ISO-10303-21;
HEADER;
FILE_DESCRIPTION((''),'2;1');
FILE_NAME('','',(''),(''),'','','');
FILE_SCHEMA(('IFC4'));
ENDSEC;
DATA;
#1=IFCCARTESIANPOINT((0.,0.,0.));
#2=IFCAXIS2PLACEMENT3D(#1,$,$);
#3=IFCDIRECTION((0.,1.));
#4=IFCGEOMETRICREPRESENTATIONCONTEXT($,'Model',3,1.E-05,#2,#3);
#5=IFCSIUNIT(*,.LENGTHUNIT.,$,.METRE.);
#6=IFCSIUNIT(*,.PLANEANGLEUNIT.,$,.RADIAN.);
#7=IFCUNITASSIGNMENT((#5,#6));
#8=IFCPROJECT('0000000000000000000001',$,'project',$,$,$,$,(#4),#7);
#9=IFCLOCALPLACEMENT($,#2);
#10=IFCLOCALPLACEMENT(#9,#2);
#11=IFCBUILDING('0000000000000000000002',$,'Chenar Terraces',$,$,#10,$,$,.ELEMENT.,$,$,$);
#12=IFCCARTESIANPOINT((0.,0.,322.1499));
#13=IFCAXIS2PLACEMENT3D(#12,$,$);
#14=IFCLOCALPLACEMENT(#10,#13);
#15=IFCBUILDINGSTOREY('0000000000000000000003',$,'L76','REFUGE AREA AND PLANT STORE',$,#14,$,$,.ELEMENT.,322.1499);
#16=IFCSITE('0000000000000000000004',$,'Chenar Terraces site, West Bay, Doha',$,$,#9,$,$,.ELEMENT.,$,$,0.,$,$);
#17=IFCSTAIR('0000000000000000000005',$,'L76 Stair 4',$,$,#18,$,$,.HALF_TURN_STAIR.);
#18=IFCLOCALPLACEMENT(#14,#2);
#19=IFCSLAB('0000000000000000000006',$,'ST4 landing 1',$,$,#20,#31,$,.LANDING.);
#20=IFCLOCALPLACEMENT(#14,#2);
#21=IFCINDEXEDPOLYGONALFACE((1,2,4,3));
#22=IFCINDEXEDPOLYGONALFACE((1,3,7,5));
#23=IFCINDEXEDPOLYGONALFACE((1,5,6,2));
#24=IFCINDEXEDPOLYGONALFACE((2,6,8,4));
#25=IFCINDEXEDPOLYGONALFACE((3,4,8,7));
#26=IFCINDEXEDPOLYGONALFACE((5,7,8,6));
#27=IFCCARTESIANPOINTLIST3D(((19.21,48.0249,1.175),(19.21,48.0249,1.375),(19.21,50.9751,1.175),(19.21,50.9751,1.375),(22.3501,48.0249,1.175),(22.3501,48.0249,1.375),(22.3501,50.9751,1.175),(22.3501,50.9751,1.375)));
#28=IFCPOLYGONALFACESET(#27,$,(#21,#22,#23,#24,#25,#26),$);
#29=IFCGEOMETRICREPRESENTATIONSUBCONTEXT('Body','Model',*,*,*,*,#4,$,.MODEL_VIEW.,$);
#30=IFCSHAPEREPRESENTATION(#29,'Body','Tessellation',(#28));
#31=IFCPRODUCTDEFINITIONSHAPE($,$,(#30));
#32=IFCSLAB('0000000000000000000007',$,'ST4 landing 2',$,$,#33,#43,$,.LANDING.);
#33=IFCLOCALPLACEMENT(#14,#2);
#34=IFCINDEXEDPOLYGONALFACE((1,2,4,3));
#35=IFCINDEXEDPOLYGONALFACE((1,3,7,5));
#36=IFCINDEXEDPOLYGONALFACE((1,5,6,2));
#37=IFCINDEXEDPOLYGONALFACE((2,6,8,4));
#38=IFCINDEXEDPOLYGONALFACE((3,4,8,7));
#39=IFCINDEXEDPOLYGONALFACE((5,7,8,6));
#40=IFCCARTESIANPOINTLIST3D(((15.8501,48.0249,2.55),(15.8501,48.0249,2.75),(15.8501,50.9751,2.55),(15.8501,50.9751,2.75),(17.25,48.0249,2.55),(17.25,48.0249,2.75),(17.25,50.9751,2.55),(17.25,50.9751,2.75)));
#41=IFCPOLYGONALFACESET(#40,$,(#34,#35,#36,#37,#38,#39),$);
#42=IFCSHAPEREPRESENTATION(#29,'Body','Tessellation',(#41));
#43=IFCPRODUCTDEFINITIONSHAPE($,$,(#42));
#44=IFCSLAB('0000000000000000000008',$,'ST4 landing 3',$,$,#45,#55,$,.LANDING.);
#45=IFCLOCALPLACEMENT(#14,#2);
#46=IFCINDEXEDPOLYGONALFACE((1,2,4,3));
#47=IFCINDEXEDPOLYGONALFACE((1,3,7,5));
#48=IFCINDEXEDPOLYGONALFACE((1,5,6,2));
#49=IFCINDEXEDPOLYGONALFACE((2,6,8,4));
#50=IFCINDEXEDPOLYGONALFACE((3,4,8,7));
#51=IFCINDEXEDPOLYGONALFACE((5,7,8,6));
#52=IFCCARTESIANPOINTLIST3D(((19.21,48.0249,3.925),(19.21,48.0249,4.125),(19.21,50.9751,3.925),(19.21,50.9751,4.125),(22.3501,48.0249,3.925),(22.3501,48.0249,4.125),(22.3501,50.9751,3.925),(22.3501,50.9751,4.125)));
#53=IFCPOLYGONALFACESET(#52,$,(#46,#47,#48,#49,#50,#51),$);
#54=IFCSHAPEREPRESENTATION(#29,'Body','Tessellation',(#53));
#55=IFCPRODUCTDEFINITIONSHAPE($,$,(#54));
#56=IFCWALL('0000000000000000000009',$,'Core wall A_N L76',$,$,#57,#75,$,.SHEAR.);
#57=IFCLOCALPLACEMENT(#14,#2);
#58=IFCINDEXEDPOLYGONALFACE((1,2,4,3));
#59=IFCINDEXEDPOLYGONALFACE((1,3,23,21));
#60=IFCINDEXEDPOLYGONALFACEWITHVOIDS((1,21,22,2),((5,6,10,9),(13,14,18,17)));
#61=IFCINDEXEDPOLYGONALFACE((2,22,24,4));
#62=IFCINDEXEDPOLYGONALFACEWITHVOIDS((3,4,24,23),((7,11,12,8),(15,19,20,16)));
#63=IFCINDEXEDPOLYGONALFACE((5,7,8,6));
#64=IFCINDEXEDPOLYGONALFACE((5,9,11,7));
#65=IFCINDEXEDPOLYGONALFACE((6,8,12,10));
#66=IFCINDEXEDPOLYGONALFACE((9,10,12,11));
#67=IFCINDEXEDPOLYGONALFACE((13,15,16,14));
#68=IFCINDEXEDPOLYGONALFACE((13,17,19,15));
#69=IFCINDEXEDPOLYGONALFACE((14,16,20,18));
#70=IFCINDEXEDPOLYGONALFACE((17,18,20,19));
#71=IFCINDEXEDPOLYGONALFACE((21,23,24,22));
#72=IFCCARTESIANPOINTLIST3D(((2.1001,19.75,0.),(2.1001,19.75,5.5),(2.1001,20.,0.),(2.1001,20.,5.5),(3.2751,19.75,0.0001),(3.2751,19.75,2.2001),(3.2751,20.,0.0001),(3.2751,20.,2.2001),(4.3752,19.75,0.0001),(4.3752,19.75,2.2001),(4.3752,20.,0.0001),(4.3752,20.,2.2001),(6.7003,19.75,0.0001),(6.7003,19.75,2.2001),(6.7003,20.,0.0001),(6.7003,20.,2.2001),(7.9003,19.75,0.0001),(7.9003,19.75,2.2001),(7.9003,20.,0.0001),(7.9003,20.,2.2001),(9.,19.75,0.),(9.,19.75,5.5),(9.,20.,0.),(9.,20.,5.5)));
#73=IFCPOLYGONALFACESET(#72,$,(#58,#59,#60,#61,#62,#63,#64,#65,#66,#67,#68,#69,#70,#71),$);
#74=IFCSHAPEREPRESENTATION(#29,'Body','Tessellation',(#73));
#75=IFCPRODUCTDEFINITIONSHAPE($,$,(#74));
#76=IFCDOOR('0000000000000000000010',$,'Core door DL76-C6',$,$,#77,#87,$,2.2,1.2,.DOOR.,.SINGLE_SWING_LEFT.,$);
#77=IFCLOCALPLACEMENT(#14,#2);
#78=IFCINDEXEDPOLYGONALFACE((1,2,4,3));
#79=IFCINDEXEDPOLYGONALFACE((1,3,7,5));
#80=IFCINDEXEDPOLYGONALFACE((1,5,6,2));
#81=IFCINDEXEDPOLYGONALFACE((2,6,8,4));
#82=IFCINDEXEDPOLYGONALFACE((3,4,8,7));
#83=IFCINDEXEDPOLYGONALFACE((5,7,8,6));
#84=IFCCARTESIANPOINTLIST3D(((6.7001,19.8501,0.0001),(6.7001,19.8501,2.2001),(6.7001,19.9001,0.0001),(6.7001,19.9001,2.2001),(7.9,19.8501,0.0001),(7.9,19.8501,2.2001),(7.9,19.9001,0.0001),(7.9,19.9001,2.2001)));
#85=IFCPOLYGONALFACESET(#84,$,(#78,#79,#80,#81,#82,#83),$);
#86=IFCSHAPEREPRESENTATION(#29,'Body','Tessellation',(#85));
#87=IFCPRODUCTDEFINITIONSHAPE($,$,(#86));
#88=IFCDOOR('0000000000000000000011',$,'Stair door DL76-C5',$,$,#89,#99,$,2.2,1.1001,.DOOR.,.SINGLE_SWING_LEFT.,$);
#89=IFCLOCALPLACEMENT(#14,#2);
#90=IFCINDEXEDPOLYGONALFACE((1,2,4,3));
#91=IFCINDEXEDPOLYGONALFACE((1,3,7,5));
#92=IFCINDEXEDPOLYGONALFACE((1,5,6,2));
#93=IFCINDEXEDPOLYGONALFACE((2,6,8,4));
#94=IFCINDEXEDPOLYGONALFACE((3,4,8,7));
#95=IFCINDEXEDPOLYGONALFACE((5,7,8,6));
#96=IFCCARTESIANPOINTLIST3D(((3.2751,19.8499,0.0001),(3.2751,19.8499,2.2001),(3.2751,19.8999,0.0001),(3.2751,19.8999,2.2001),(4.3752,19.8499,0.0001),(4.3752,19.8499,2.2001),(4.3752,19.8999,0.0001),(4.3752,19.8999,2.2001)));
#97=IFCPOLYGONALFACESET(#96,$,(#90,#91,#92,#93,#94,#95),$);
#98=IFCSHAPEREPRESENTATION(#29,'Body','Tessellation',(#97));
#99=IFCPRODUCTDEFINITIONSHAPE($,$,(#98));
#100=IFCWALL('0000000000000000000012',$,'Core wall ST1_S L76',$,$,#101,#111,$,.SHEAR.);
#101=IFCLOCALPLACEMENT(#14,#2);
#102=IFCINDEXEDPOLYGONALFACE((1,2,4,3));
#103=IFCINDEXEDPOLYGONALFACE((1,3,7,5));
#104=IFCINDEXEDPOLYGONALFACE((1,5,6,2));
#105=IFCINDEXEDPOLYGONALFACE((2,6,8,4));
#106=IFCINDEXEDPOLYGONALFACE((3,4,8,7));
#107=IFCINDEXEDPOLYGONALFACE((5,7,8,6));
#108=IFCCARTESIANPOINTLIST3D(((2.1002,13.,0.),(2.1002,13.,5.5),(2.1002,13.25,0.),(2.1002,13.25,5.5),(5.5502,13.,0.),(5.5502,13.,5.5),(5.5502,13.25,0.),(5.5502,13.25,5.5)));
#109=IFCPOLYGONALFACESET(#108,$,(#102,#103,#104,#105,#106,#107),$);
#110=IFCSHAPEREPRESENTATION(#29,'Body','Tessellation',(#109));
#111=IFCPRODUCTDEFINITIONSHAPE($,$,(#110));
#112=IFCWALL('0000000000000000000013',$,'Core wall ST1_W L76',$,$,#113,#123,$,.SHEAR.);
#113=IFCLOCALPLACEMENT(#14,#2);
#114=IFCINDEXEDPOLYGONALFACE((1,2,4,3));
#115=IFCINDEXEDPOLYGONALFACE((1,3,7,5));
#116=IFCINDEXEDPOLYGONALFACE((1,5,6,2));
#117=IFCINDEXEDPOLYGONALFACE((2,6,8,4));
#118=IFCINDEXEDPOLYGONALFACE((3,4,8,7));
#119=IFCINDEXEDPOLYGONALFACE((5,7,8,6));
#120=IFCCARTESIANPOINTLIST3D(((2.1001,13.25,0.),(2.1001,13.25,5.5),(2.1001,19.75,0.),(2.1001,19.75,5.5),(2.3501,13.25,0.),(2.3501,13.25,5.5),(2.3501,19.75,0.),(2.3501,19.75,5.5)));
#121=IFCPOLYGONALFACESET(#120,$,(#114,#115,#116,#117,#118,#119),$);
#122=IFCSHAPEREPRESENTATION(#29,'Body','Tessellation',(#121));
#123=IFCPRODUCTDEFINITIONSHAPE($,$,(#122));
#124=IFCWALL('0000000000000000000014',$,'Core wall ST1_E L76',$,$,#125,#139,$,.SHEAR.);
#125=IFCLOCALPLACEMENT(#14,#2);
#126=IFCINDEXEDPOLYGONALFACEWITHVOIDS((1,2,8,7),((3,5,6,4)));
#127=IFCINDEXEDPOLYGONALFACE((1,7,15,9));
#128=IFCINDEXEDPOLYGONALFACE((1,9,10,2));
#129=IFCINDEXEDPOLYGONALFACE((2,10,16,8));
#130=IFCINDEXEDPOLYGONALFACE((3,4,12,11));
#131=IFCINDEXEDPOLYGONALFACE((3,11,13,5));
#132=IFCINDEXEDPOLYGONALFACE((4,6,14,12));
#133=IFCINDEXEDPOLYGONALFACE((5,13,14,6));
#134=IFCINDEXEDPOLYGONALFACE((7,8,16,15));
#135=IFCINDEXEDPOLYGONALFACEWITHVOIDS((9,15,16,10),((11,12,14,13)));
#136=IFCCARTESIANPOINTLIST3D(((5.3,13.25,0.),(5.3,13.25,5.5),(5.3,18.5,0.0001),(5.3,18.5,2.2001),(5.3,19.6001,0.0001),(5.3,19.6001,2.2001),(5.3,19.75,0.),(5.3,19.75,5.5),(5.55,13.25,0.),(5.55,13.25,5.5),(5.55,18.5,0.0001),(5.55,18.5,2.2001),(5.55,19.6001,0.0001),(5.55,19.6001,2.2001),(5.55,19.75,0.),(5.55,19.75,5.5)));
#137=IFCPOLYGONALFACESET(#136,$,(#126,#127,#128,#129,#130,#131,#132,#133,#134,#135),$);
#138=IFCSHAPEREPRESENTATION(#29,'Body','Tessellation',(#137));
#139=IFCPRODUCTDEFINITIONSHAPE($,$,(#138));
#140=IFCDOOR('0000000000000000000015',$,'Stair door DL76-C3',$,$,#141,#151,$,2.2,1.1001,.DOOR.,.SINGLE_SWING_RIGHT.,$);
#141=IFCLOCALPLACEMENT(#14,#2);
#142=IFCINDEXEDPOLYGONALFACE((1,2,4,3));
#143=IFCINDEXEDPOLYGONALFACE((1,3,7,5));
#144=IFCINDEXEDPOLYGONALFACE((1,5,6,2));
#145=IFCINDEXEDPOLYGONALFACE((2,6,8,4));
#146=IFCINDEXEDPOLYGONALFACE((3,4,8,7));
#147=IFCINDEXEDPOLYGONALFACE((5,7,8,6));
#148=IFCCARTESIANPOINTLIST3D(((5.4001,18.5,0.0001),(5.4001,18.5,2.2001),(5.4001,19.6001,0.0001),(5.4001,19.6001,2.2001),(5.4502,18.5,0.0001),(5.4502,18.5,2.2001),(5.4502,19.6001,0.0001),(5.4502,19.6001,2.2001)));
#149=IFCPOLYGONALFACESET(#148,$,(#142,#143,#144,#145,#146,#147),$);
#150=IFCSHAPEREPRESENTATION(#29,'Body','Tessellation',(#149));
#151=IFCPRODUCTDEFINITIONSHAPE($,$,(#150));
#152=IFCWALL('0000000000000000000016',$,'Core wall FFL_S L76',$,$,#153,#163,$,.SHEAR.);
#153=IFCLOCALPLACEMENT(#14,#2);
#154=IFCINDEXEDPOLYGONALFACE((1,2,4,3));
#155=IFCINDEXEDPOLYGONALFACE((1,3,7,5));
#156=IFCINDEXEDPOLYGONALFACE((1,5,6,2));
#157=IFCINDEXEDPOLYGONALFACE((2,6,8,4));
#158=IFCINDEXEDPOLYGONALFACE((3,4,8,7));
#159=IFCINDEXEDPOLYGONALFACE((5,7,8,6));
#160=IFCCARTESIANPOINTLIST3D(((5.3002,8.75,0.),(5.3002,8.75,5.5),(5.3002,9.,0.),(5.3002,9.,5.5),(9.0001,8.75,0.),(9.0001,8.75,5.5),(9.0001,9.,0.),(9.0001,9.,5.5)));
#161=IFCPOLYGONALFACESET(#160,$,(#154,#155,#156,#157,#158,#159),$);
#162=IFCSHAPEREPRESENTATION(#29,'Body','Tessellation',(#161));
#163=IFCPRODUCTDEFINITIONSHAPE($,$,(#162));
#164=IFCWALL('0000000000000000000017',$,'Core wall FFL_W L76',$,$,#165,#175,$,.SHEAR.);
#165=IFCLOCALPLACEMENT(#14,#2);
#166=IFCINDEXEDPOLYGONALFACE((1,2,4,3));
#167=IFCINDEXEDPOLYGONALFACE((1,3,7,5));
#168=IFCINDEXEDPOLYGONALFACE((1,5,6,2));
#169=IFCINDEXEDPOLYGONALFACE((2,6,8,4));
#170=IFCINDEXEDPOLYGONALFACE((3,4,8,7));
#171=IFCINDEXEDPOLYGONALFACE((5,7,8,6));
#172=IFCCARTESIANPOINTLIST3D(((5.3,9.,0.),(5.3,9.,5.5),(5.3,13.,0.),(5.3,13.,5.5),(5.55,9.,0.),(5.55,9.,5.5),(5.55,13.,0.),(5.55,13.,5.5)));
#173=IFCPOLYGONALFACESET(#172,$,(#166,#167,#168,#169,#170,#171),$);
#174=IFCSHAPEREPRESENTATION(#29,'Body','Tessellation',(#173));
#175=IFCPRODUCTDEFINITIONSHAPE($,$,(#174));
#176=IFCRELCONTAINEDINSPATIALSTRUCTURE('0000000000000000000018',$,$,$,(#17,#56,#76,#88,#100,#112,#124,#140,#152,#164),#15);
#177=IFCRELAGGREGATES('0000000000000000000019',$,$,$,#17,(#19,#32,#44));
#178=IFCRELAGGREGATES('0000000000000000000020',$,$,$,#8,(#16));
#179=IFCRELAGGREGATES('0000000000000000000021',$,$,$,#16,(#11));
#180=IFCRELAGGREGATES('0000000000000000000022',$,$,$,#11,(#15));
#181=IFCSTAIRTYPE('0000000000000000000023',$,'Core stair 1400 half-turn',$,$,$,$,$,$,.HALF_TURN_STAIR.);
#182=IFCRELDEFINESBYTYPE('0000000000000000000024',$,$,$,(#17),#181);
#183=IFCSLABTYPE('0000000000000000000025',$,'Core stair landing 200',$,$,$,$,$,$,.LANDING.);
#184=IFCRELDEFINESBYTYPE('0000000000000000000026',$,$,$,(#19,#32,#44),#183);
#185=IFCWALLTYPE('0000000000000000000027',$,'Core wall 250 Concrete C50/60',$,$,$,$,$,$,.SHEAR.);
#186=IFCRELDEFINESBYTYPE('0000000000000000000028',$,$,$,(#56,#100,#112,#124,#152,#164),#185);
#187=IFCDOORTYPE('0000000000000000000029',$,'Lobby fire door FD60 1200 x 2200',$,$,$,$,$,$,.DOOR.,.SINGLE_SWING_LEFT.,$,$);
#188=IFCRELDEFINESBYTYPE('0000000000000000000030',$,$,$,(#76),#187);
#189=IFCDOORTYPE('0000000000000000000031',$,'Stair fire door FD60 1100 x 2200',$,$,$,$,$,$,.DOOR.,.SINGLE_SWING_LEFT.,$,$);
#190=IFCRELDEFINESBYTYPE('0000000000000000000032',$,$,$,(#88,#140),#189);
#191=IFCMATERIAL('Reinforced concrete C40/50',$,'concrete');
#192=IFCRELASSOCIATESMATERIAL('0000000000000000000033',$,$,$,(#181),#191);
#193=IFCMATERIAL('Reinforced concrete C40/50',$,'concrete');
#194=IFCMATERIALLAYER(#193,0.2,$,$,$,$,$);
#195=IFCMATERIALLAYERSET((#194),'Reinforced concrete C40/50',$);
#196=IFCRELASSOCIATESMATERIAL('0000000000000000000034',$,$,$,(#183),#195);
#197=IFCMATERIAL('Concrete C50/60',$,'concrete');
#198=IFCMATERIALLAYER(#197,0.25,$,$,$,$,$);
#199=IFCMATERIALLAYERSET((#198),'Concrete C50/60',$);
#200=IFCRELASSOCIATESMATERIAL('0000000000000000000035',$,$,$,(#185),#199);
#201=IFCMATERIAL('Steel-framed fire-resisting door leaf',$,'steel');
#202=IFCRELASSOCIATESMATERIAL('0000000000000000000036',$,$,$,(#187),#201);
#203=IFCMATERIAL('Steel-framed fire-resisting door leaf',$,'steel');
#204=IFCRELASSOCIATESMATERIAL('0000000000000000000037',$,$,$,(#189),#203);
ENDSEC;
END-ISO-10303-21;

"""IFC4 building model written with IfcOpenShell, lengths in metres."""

from ifc_helpers import new_model, si_unit, direction, frame, frame_2d, origin, place, context, subcontext, project, spatial, polyline, rectangle, outline, extrude, material, layer, layer_set, type_object, element, fill, aggregate, save


model = new_model("IFC4")

# Units and contexts
model_context = context("Model", 3, precision=1e-05, world=origin(), true_north=direction((0.0, 1.0)))
body_context = subcontext(model_context, "Body", "Model", "MODEL_VIEW")
ifc_project = project(units=[si_unit("LENGTHUNIT", "METRE"), si_unit("PLANEANGLEUNIT", "RADIAN")], contexts=[model_context])

# Site, building, storey
site_placement = place(None, origin())
site = spatial("IfcSite", under=ifc_project, at=site_placement, Name="Chenar Terraces site, West Bay, Doha", CompositionType="ELEMENT", RefElevation=0.0)
building_placement = place(site_placement, origin())
building = spatial("IfcBuilding", under=site, at=building_placement, Name="Chenar Terraces", CompositionType="ELEMENT")
storey_placement = place(building_placement, frame((0.0, 0.0, 322.1499)))
storey = spatial("IfcBuildingStorey", under=building, at=storey_placement, Name="L76", Description="REFUGE AREA AND PLANT STORE", CompositionType="ELEMENT", Elevation=322.1499)

# Stair, slabs
ifc_material_1 = material(Name="Reinforced concrete C40/50", Category="concrete")
stair_type = type_object("IfcStairType", Name="Core stair 1400 half-turn", PredefinedType="HALF_TURN_STAIR", material=ifc_material_1)
placement = place(storey_placement, origin())
stair_1 = element("IfcStair", 1, at=placement, inside=storey, type_object=stair_type, Name="L76 Stair 4", PredefinedType="HALF_TURN_STAIR")
ifc_material_2 = material(Name="Reinforced concrete C40/50", Category="concrete")
ifc_layer_1 = layer(ifc_material_2, 0.2)
ifc_layer_set_1 = layer_set([ifc_layer_1], Name="Reinforced concrete C40/50")
slab_type = type_object("IfcSlabType", Name="Core stair landing 200", PredefinedType="LANDING", material=ifc_layer_set_1)
slab_1_placement = place(storey_placement, frame((0.0, 0.0, 1.175)))
slab_1 = element("IfcSlab", 2, at=slab_1_placement, type_object=slab_type, Name="ST4 landing 1", PredefinedType="LANDING", context=body_context, shape_type="SweptSolid", body=[
    extrude(outline(polyline([(19.21, 48.0249), (22.3501, 48.0249), (22.3501, 50.9751), (19.21, 50.9751), (19.21, 48.0249)])), origin(), (0.0, 0.0, 1.0), 0.2),
])
slab_2_placement = place(storey_placement, frame((0.0, 0.0, 2.55)))
slab_2 = element("IfcSlab", 3, at=slab_2_placement, type_object=slab_type, Name="ST4 landing 2", PredefinedType="LANDING", context=body_context, shape_type="SweptSolid", body=[
    extrude(outline(polyline([(15.8501, 48.0249), (17.25, 48.0249), (17.25, 50.9751), (15.8501, 50.9751), (15.8501, 48.0249)])), origin(), (0.0, 0.0, 1.0), 0.2),
])
slab_3_placement = place(storey_placement, frame((0.0, 0.0, 3.925)))
slab_3 = element("IfcSlab", 4, at=slab_3_placement, type_object=slab_type, Name="ST4 landing 3", PredefinedType="LANDING", context=body_context, shape_type="SweptSolid", body=[
    extrude(outline(polyline([(19.21, 48.0249), (22.3501, 48.0249), (22.3501, 50.9751), (19.21, 50.9751), (19.21, 48.0249)])), origin(), (0.0, 0.0, 1.0), 0.2),
])
aggregate(stair_1, [slab_1, slab_2, slab_3])

# Wall, openings, doors
ifc_material_3 = material(Name="Concrete C50/60", Category="concrete")
ifc_layer_2 = layer(ifc_material_3, 0.25)
ifc_layer_set_2 = layer_set([ifc_layer_2], Name="Concrete C50/60")
wall_type_1 = type_object("IfcWallType", Name="Core wall 250 Concrete C50/60", PredefinedType="SHEAR", material=ifc_layer_set_2)
wall_1_placement = place(storey_placement, frame((2.1001, 19.875, 0.0), z_axis=(0.0, 0.0, 1.0), x_axis=(1.0, 0.0, 0.0)))
wall_1 = element("IfcWall", 5, at=wall_1_placement, inside=storey, type_object=wall_type_1, Name="Core wall A_N L76", PredefinedType="SHEAR", context=body_context, shape_type="SweptSolid", body=[
    extrude(rectangle(XDim=6.8999, YDim=0.25, at=frame_2d((3.45, 0.0))), origin(), (0.0, 0.0, 1.0), 5.5),
])
opening_1_placement = place(wall_1_placement, frame((1.175, 0.0, 0.0)))
opening_1 = element("IfcOpeningElement", 6, at=opening_1_placement, cuts=wall_1, PredefinedType="OPENING", context=body_context, shape_type="SweptSolid", body=[
    extrude(rectangle(XDim=1.1001, YDim=2.2, at=frame_2d((0.55, 1.1001))), frame((0.0, 0.135, 0.0), z_axis=(0.0, -1.0, 0.0), x_axis=(1.0, 0.0, 0.0)), (0.0, 0.0, 1.0), 0.27),
])
opening_2_placement = place(wall_1_placement, frame((4.6001, 0.0, 0.0)))
opening_2 = element("IfcOpeningElement", 7, at=opening_2_placement, cuts=wall_1, PredefinedType="OPENING", context=body_context, shape_type="SweptSolid", body=[
    extrude(rectangle(XDim=1.2, YDim=2.2, at=frame_2d((0.6001, 1.1001))), frame((0.0, 0.135, 0.0), z_axis=(0.0, -1.0, 0.0), x_axis=(1.0, 0.0, 0.0)), (0.0, 0.0, 1.0), 0.27),
])
ifc_material_4 = material(Name="Steel-framed fire-resisting door leaf", Category="steel")
door_type_1 = type_object("IfcDoorType", Name="Lobby fire door FD60 1200 x 2200", OperationType="SINGLE_SWING_LEFT", PredefinedType="DOOR", material=ifc_material_4)
door_1_placement = place(opening_2_placement, frame((1.2, 0.0, 0.0), z_axis=(0.0, 0.0, 1.0), x_axis=(-1.0, 0.0, 0.0)))
door_1 = element("IfcDoor", 8, at=door_1_placement, inside=storey, type_object=door_type_1, Name="Core door DL76-C6", OperationType="SINGLE_SWING_LEFT", OverallHeight=2.2, OverallWidth=1.2, PredefinedType="DOOR", context=body_context, shape_type="SweptSolid", body=[
    extrude(rectangle(XDim=1.2, YDim=2.2, at=frame_2d((0.6001, 1.1001))), frame((0.0, 0.0249, 0.0), z_axis=(0.0, -1.0, 0.0), x_axis=(1.0, 0.0, 0.0)), (0.0, 0.0, 1.0), 0.05),
])
fill(opening_2, door_1)
ifc_material_5 = material(Name="Steel-framed fire-resisting door leaf", Category="steel")
door_type_2 = type_object("IfcDoorType", Name="Stair fire door FD60 1100 x 2200", OperationType="SINGLE_SWING_LEFT", PredefinedType="DOOR", material=ifc_material_5)
door_2_placement = place(opening_1_placement, origin())
door_2 = element("IfcDoor", 9, at=door_2_placement, inside=storey, type_object=door_type_2, Name="Stair door DL76-C5", OperationType="SINGLE_SWING_LEFT", OverallHeight=2.2, OverallWidth=1.1001, PredefinedType="DOOR", context=body_context, shape_type="SweptSolid", body=[
    extrude(rectangle(XDim=1.1001, YDim=2.2, at=frame_2d((0.55, 1.1001))), frame((0.0, 0.0249, 0.0), z_axis=(0.0, -1.0, 0.0), x_axis=(1.0, 0.0, 0.0)), (0.0, 0.0, 1.0), 0.05),
])
fill(opening_1, door_2)

# Walls
wall_2_placement = place(storey_placement, frame((2.1001, 13.125, 0.0), z_axis=(0.0, 0.0, 1.0), x_axis=(1.0, 0.0, 0.0)))
element("IfcWall", 10, at=wall_2_placement, inside=storey, type_object=wall_type_1, Name="Core wall ST1_S L76", PredefinedType="SHEAR", context=body_context, shape_type="SweptSolid", body=[
    extrude(rectangle(XDim=3.45, YDim=0.25, at=frame_2d((1.7251, 0.0))), origin(), (0.0, 0.0, 1.0), 5.5),
])
wall_3_placement = place(storey_placement, frame((2.2251, 13.25, 0.0), z_axis=(0.0, 0.0, 1.0), x_axis=(0.0, 1.0, 0.0)))
element("IfcWall", 11, at=wall_3_placement, inside=storey, type_object=wall_type_1, Name="Core wall ST1_W L76", PredefinedType="SHEAR", context=body_context, shape_type="SweptSolid", body=[
    extrude(rectangle(XDim=6.5, YDim=0.25, at=frame_2d((3.25, 0.0))), origin(), (0.0, 0.0, 1.0), 5.5),
])

# Wall, opening, door
wall_4_placement = place(storey_placement, frame((5.425, 13.25, 0.0), z_axis=(0.0, 0.0, 1.0), x_axis=(0.0, 1.0, 0.0)))
wall_4 = element("IfcWall", 12, at=wall_4_placement, inside=storey, type_object=wall_type_1, Name="Core wall ST1_E L76", PredefinedType="SHEAR", context=body_context, shape_type="SweptSolid", body=[
    extrude(rectangle(XDim=6.5, YDim=0.25, at=frame_2d((3.25, 0.0))), origin(), (0.0, 0.0, 1.0), 5.5),
])
opening_3_placement = place(wall_4_placement, frame((5.25, 0.0, 0.0)))
opening_3 = element("IfcOpeningElement", 13, at=opening_3_placement, cuts=wall_4, PredefinedType="OPENING", context=body_context, shape_type="SweptSolid", body=[
    extrude(rectangle(XDim=1.1001, YDim=2.2, at=frame_2d((0.55, 1.1001))), frame((0.0, 0.135, 0.0), z_axis=(0.0, -1.0, 0.0), x_axis=(1.0, 0.0, 0.0)), (0.0, 0.0, 1.0), 0.27),
])
door_3_placement = place(opening_3_placement, origin())
door_3 = element("IfcDoor", 14, at=door_3_placement, inside=storey, type_object=door_type_2, Name="Stair door DL76-C3", OperationType="SINGLE_SWING_RIGHT", OverallHeight=2.2, OverallWidth=1.1001, PredefinedType="DOOR", context=body_context, shape_type="SweptSolid", body=[
    extrude(rectangle(XDim=1.1001, YDim=2.2, at=frame_2d((0.55, 1.1001))), frame((0.0, 0.0249, 0.0), z_axis=(0.0, -1.0, 0.0), x_axis=(1.0, 0.0, 0.0)), (0.0, 0.0, 1.0), 0.05),
])
fill(opening_3, door_3)

# Walls
wall_5_placement = place(storey_placement, frame((5.3, 8.875, 0.0), z_axis=(0.0, 0.0, 1.0), x_axis=(1.0, 0.0, 0.0)))
element("IfcWall", 15, at=wall_5_placement, inside=storey, type_object=wall_type_1, Name="Core wall FFL_S L76", PredefinedType="SHEAR", context=body_context, shape_type="SweptSolid", body=[
    extrude(rectangle(XDim=3.7, YDim=0.25, at=frame_2d((1.8501, 0.0))), origin(), (0.0, 0.0, 1.0), 5.5),
])
wall_6_placement = place(storey_placement, frame((5.425, 9.0, 0.0), z_axis=(0.0, 0.0, 1.0), x_axis=(0.0, 1.0, 0.0)))
element("IfcWall", 16, at=wall_6_placement, inside=storey, type_object=wall_type_1, Name="Core wall FFL_W L76", PredefinedType="SHEAR", context=body_context, shape_type="SweptSolid", body=[
    extrude(rectangle(XDim=4.0, YDim=0.25, at=frame_2d((2.0, 0.0))), origin(), (0.0, 0.0, 1.0), 5.5),
])

save(model, "model.ifc")
